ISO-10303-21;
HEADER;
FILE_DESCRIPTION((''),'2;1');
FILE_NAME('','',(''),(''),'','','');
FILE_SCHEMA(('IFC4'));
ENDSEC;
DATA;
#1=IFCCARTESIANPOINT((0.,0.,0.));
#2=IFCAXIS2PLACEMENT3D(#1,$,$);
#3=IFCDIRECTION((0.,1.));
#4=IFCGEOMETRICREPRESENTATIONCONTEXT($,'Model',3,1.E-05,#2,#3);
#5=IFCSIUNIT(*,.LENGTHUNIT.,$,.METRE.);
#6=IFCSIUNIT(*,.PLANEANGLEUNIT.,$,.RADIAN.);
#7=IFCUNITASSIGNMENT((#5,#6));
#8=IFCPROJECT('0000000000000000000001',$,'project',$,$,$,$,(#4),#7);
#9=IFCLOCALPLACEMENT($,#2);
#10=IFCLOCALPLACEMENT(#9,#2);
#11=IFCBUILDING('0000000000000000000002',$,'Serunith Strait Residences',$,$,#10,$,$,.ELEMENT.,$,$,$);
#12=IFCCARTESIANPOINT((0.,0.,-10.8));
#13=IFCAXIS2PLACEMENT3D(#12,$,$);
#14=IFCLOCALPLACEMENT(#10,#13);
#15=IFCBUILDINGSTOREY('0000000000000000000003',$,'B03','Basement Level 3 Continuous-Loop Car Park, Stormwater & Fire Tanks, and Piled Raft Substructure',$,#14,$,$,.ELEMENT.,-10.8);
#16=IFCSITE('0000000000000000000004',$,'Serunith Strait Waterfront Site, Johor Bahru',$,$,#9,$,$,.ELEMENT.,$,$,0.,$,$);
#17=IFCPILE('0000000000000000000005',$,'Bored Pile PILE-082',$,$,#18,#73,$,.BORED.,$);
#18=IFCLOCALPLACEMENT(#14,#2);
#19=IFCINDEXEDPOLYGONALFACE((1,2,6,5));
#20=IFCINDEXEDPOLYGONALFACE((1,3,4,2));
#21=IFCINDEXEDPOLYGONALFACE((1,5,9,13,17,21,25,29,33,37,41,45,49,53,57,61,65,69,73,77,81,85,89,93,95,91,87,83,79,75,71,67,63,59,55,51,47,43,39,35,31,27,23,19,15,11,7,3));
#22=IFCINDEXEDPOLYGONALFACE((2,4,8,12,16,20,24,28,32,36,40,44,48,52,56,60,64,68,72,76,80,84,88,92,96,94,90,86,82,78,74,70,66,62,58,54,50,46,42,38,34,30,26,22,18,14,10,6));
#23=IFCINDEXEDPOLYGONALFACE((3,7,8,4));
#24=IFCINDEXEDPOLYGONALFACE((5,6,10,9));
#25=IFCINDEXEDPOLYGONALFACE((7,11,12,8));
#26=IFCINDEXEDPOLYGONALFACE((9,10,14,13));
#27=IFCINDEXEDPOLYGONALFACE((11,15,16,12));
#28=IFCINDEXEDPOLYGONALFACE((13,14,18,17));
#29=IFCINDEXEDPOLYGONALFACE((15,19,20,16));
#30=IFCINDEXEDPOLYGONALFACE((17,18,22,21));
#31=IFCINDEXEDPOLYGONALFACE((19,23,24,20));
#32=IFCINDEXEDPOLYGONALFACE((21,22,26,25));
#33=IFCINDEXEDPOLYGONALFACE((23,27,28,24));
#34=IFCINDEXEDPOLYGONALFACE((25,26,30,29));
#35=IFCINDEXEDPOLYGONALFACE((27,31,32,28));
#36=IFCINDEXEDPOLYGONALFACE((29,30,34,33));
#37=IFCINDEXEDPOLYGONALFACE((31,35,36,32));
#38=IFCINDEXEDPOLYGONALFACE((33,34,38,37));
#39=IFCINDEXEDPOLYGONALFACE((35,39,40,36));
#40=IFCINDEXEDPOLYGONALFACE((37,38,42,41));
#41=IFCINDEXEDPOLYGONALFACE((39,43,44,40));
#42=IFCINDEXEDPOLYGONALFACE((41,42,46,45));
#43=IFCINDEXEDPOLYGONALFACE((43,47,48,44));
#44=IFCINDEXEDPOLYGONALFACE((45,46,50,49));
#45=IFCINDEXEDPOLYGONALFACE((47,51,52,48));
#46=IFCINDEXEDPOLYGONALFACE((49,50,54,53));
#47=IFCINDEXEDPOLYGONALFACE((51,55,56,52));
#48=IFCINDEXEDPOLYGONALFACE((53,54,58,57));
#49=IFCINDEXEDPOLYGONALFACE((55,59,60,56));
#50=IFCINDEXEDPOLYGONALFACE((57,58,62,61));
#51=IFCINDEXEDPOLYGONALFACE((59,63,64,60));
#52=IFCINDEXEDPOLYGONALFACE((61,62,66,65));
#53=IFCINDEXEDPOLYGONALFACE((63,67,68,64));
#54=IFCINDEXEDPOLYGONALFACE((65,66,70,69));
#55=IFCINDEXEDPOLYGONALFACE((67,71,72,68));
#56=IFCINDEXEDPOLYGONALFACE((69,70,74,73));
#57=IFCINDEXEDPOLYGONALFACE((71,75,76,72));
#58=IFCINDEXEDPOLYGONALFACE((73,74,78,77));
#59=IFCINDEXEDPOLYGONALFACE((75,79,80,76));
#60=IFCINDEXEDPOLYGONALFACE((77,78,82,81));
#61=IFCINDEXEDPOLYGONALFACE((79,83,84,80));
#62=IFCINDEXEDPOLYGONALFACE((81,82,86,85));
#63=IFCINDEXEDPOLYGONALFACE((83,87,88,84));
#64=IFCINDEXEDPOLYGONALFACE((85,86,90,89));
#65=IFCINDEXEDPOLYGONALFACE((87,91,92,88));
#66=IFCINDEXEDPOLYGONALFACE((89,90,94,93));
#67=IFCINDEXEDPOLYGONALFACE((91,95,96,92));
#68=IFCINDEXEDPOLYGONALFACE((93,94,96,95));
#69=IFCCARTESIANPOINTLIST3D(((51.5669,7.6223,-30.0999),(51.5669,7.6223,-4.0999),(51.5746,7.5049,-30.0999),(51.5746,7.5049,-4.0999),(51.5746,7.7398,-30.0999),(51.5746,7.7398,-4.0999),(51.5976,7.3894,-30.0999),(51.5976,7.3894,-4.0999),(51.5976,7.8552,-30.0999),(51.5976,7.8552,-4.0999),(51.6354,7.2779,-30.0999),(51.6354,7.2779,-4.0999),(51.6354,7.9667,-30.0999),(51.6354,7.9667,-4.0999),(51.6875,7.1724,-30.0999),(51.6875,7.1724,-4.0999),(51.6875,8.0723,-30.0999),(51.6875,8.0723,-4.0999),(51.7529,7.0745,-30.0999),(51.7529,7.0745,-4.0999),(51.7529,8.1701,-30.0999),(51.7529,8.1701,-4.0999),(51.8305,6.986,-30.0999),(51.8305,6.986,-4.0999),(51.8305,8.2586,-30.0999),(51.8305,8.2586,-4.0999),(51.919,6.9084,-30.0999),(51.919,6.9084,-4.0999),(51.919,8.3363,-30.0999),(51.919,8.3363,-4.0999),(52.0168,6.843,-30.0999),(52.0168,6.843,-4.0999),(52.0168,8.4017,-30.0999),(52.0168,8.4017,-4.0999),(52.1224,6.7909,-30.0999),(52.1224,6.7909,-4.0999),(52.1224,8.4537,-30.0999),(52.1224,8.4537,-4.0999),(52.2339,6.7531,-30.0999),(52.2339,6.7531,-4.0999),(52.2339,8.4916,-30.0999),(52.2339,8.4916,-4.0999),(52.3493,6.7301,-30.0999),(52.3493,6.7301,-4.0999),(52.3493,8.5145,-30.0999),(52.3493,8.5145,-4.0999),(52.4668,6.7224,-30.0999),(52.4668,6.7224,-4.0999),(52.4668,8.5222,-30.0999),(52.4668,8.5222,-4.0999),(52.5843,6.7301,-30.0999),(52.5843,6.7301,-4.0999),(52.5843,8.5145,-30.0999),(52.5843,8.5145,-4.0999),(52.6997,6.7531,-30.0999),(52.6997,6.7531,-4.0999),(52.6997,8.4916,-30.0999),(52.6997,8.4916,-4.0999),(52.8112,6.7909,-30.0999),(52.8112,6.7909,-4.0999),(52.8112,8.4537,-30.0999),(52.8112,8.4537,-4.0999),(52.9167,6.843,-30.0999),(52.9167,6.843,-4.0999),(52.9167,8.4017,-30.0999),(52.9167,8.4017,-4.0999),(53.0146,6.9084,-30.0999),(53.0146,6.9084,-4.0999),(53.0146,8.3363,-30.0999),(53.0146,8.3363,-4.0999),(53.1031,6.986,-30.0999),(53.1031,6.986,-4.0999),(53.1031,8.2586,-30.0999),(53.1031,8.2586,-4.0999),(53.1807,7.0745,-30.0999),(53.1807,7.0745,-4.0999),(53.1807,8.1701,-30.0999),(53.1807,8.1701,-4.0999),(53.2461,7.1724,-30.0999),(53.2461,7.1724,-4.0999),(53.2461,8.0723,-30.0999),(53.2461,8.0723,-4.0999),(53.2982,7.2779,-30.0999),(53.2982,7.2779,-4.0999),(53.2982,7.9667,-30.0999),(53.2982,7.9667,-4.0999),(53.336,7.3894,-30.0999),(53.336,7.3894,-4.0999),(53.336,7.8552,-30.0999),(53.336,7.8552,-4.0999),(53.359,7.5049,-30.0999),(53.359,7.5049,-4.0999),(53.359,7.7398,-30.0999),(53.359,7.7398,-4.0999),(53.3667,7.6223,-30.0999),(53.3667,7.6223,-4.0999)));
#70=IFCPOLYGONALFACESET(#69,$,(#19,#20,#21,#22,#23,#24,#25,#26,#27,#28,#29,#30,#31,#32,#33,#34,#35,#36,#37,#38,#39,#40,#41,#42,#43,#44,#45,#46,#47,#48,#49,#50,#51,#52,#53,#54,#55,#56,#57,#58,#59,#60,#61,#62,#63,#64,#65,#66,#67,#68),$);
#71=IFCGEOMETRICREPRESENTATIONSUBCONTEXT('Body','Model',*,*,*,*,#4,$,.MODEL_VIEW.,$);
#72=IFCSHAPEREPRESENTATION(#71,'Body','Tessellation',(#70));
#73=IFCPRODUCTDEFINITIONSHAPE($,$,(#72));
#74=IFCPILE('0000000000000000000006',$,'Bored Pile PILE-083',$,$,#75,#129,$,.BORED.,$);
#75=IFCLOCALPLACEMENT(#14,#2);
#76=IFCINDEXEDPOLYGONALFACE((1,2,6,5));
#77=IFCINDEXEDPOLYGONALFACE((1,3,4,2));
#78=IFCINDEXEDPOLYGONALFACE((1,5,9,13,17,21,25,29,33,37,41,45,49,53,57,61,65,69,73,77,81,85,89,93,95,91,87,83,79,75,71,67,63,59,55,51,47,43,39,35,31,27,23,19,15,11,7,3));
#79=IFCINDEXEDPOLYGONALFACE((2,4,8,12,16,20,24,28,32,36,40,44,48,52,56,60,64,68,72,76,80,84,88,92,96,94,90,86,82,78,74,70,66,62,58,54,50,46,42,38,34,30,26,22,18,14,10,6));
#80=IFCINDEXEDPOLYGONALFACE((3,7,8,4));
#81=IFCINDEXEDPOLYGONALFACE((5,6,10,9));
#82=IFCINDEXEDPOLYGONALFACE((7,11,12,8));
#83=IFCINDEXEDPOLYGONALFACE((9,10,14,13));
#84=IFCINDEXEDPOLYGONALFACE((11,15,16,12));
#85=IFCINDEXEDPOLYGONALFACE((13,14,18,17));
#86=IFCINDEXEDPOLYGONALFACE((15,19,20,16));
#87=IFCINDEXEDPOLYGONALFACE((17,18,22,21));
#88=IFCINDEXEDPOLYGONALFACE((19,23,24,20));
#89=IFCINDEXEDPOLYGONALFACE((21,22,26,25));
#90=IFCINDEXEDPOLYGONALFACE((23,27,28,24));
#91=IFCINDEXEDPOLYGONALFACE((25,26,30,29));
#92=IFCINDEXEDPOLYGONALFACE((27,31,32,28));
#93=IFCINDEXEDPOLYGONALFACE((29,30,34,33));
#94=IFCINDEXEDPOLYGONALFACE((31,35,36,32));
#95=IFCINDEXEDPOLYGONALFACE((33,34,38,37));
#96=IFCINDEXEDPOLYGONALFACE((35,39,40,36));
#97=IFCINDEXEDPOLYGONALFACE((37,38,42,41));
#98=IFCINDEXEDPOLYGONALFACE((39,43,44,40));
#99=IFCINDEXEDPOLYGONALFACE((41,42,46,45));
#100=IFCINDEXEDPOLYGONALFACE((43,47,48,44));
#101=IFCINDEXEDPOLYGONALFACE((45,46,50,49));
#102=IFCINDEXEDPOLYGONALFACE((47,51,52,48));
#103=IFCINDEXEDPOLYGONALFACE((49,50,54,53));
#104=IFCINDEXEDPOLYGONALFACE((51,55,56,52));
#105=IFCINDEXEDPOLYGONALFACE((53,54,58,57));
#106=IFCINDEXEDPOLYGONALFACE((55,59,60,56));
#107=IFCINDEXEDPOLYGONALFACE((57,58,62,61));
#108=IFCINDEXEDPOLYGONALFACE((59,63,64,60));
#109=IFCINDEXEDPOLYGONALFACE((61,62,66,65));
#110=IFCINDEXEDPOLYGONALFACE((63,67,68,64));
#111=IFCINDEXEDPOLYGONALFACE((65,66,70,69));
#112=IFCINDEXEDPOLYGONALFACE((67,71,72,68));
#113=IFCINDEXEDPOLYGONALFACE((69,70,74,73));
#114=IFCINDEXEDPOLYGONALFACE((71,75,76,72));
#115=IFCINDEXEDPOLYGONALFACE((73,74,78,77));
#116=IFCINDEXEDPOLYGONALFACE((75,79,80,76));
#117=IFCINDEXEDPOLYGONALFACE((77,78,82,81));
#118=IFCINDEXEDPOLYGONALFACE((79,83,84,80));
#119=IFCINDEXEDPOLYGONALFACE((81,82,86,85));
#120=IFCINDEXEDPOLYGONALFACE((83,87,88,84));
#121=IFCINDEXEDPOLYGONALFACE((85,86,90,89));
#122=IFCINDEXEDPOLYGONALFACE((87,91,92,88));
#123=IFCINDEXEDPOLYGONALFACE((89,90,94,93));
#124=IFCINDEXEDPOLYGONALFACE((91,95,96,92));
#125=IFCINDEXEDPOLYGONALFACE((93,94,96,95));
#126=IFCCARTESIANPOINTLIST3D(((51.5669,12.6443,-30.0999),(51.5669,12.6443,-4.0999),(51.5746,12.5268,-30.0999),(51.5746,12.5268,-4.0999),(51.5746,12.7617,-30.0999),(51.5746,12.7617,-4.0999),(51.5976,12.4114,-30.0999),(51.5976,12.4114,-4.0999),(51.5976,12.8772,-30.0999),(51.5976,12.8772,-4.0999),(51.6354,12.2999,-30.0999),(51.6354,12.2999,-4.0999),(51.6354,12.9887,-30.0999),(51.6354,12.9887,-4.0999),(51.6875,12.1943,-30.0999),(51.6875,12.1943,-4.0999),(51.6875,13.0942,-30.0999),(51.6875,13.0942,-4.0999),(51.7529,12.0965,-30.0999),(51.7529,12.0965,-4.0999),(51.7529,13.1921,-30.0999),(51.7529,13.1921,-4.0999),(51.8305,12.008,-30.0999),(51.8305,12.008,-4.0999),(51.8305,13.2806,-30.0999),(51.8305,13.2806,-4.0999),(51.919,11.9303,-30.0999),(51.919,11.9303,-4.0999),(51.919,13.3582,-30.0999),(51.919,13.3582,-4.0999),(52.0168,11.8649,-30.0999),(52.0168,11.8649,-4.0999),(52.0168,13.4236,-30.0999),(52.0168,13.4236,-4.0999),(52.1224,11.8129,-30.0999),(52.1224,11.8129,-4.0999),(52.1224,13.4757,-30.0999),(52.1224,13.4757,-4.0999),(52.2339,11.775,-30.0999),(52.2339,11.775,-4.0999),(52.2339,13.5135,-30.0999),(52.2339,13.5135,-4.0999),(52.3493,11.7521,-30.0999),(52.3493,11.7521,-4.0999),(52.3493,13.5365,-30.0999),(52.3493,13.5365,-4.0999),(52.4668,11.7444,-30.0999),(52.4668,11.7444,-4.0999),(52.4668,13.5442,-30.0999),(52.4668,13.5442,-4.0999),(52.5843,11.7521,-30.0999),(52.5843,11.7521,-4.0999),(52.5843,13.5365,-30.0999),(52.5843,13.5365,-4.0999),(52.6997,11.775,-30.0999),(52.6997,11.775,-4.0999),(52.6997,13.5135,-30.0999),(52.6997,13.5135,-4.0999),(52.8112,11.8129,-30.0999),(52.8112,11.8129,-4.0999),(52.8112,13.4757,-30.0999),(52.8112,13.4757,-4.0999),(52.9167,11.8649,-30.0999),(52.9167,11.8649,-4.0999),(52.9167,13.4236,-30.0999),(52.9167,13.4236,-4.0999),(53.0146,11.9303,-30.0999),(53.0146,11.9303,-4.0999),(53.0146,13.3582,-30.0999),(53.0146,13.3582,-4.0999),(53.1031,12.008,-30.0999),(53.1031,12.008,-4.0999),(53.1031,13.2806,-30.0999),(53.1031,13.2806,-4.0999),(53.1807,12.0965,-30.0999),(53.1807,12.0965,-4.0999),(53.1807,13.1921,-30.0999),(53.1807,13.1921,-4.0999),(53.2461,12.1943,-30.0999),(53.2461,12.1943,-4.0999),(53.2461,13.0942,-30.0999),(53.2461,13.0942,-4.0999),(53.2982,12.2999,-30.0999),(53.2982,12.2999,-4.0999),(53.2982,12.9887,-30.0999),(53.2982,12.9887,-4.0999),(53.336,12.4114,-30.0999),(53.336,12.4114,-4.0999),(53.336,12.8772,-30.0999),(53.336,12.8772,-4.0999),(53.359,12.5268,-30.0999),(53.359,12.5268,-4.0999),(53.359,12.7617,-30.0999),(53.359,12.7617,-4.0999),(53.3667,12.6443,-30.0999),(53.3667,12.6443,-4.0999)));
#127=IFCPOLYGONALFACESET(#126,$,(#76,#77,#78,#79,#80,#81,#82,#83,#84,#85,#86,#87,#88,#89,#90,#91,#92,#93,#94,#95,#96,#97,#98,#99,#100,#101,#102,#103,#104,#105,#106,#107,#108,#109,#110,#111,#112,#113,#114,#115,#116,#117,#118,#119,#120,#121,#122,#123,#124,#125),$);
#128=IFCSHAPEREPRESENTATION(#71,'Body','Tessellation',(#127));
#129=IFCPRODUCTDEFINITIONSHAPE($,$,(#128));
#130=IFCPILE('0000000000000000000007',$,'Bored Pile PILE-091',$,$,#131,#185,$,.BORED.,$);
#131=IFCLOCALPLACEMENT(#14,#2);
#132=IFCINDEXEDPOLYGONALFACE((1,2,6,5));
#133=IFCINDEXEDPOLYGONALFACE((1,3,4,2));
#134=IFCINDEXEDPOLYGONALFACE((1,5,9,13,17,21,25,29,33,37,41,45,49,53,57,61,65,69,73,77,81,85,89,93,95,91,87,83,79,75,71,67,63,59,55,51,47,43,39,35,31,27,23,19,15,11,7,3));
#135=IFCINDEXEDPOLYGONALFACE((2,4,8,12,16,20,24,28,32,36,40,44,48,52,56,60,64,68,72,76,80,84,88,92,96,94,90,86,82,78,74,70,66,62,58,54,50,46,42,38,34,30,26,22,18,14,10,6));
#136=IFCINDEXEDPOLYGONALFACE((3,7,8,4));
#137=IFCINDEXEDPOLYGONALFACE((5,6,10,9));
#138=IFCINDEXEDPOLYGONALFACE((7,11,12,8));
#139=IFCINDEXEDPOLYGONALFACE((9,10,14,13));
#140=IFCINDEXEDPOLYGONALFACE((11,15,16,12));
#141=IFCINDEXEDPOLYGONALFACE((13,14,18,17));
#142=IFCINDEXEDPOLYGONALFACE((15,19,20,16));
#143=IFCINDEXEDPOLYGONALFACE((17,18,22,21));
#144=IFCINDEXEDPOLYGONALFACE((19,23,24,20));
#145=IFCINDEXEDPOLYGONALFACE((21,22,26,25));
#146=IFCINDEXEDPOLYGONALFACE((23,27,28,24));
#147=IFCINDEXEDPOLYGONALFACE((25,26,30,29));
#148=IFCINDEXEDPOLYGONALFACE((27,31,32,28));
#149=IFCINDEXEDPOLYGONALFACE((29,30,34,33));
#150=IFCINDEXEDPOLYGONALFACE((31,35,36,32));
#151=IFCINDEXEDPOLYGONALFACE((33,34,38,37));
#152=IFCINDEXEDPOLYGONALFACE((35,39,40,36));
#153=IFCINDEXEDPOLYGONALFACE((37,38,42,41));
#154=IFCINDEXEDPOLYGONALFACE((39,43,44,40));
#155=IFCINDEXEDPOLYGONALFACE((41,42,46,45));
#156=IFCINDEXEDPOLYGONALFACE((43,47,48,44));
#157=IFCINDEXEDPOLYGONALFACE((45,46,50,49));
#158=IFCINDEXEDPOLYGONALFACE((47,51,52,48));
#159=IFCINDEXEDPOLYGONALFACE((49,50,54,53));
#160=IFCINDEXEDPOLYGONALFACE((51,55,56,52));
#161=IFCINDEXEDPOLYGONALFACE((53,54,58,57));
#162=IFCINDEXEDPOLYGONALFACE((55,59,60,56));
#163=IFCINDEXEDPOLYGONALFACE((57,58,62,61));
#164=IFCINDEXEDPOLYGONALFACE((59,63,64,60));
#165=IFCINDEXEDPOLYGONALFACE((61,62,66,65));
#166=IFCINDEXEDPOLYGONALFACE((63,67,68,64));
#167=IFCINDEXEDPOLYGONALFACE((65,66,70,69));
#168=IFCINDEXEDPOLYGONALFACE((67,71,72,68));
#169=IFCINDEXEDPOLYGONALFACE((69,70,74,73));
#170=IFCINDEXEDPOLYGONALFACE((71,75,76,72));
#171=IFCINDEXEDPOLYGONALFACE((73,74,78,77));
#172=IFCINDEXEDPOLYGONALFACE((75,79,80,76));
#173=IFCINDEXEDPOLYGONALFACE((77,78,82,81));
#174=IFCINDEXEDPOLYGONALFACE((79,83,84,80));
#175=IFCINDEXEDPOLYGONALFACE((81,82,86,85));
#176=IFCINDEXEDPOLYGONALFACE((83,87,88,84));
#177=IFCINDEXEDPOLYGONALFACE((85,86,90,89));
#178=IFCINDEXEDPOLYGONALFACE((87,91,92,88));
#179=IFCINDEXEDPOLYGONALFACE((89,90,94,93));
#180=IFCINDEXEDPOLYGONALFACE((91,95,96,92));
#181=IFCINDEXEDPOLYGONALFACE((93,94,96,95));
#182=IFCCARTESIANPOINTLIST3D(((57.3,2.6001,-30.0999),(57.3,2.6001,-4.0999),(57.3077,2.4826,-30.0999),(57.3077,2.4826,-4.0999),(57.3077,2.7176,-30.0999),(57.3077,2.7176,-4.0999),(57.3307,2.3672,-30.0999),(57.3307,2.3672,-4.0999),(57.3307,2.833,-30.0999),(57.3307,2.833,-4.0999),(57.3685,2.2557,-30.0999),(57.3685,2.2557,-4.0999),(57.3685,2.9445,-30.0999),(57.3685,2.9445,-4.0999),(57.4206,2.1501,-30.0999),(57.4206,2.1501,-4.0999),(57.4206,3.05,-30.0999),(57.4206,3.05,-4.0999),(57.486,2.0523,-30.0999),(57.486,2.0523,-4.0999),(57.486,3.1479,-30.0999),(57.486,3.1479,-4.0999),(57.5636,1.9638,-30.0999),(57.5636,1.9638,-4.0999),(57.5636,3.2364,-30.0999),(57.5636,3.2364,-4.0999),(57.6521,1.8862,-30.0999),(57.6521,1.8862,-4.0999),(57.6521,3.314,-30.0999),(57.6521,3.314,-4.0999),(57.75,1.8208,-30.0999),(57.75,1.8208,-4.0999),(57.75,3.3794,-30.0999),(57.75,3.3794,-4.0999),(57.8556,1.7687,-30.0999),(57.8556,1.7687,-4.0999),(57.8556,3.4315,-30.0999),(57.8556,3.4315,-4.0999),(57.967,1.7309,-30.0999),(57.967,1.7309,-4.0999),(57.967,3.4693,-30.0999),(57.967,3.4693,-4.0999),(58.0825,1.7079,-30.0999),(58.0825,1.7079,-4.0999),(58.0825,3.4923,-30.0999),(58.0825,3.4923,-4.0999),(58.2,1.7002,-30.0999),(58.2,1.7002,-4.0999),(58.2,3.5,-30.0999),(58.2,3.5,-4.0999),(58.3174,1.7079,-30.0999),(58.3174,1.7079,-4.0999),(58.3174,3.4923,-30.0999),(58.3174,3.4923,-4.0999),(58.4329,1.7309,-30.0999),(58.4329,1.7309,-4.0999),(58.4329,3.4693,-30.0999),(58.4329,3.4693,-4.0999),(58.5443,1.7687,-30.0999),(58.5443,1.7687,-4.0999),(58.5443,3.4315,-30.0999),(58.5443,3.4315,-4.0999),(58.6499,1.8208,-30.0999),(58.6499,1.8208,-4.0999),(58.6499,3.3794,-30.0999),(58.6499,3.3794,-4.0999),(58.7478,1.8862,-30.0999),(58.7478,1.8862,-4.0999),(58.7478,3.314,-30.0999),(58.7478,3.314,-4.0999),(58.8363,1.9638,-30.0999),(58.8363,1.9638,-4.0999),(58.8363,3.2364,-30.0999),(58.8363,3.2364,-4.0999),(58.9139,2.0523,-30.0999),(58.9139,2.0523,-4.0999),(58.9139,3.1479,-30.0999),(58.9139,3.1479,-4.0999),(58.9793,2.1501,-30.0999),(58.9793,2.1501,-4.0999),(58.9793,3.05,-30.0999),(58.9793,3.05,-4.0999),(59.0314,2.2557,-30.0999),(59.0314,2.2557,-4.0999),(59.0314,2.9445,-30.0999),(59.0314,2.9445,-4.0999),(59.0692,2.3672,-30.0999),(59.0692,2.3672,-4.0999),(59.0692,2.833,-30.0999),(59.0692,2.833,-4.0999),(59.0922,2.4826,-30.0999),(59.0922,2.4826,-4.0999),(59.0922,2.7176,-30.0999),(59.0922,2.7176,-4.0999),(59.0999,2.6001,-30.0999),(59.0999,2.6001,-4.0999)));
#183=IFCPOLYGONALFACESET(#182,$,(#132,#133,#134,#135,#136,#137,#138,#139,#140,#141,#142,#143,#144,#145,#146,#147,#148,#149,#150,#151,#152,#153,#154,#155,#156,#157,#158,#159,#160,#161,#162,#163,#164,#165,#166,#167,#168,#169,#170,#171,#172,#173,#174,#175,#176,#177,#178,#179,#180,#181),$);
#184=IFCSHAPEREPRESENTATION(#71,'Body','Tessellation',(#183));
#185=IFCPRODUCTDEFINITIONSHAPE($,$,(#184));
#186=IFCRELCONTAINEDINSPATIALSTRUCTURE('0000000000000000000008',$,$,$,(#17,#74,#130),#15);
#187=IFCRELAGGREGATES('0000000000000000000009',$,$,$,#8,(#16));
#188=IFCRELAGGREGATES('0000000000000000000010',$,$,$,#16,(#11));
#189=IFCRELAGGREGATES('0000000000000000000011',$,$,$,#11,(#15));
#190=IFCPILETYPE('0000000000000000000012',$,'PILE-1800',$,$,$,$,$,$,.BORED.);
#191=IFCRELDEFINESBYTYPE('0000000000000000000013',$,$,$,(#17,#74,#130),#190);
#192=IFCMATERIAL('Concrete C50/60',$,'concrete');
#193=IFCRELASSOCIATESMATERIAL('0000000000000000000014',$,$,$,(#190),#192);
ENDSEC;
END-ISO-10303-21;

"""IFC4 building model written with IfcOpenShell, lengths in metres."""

from ifc_helpers import new_model, si_unit, direction, frame, origin, origin_2d, place, context, subcontext, project, spatial, circle, extrude, source, transform, mapped, material, material_profile, profile_set, type_object, element, save


model = new_model("IFC4")

# Units and contexts
model_context = context("Model", 3, precision=1e-05, world=origin(), true_north=direction((0.0, 1.0)))
body_context = subcontext(model_context, "Body", "Model", "MODEL_VIEW")
ifc_project = project(units=[si_unit("LENGTHUNIT", "METRE"), si_unit("PLANEANGLEUNIT", "RADIAN")], contexts=[model_context])

# Site, building, storey
site_placement = place(None, origin())
site = spatial("IfcSite", under=ifc_project, at=site_placement, Name="Serunith Strait Waterfront Site, Johor Bahru", CompositionType="ELEMENT", RefElevation=0.0)
building_placement = place(site_placement, origin())
building = spatial("IfcBuilding", under=site, at=building_placement, Name="Serunith Strait Residences", CompositionType="ELEMENT")
storey_placement = place(building_placement, frame((0.0, 0.0, -10.8)))
storey = spatial("IfcBuildingStorey", under=building, at=storey_placement, Name="B03", Description="Basement Level 3 Continuous-Loop Car Park, Stormwater & Fire Tanks, and Piled Raft Substructure", CompositionType="ELEMENT", Elevation=-10.8)

# Shared definitions
ifc_material_1 = material(Name="Concrete C50/60", Category="concrete")

# Piles
ifc_material_profile_1 = material_profile(ifc_material_1, circle(Radius=0.8999, at=origin_2d()), Name="PILE D1800")
ifc_profile_set_1 = profile_set([ifc_material_profile_1], Name="Concrete C50/60")
pile_type_1 = type_object("IfcPileType", Name="PILE-1800", PredefinedType="BORED", material=ifc_profile_set_1)
shared_shape_1 = source(origin(), body_context, "Body", "SweptSolid", [
    extrude(circle(Radius=0.8999, at=origin_2d()), origin(), (0.0, 0.0, 1.0), 26.0),
])
for number, where, z_axis, x_axis, name in (
    (1, (52.4668, 7.6223, -4.0999), (0.0, 0.0, -1.0), (1.0, 0.0, 0.0), "Bored Pile PILE-082"),
    (2, (52.4668, 12.6443, -4.0999), (0.0, 0.0, -1.0), (1.0, 0.0, 0.0), "Bored Pile PILE-083"),
    (3, (58.2, 2.6001, -4.0999), (0.0, 0.0, -1.0), (1.0, 0.0, 0.0), "Bored Pile PILE-091"),
):
    element("IfcPile", number, at=place(storey_placement, frame(where, z_axis=z_axis, x_axis=x_axis)), inside=storey, type_object=pile_type_1, Name=name, PredefinedType="BORED", context=body_context, shape_type="MappedRepresentation", body=[
        mapped(shared_shape_1, transform((0.0, 0.0, 0.0), scale=1.0)),
    ])

save(model, "model.ifc")
